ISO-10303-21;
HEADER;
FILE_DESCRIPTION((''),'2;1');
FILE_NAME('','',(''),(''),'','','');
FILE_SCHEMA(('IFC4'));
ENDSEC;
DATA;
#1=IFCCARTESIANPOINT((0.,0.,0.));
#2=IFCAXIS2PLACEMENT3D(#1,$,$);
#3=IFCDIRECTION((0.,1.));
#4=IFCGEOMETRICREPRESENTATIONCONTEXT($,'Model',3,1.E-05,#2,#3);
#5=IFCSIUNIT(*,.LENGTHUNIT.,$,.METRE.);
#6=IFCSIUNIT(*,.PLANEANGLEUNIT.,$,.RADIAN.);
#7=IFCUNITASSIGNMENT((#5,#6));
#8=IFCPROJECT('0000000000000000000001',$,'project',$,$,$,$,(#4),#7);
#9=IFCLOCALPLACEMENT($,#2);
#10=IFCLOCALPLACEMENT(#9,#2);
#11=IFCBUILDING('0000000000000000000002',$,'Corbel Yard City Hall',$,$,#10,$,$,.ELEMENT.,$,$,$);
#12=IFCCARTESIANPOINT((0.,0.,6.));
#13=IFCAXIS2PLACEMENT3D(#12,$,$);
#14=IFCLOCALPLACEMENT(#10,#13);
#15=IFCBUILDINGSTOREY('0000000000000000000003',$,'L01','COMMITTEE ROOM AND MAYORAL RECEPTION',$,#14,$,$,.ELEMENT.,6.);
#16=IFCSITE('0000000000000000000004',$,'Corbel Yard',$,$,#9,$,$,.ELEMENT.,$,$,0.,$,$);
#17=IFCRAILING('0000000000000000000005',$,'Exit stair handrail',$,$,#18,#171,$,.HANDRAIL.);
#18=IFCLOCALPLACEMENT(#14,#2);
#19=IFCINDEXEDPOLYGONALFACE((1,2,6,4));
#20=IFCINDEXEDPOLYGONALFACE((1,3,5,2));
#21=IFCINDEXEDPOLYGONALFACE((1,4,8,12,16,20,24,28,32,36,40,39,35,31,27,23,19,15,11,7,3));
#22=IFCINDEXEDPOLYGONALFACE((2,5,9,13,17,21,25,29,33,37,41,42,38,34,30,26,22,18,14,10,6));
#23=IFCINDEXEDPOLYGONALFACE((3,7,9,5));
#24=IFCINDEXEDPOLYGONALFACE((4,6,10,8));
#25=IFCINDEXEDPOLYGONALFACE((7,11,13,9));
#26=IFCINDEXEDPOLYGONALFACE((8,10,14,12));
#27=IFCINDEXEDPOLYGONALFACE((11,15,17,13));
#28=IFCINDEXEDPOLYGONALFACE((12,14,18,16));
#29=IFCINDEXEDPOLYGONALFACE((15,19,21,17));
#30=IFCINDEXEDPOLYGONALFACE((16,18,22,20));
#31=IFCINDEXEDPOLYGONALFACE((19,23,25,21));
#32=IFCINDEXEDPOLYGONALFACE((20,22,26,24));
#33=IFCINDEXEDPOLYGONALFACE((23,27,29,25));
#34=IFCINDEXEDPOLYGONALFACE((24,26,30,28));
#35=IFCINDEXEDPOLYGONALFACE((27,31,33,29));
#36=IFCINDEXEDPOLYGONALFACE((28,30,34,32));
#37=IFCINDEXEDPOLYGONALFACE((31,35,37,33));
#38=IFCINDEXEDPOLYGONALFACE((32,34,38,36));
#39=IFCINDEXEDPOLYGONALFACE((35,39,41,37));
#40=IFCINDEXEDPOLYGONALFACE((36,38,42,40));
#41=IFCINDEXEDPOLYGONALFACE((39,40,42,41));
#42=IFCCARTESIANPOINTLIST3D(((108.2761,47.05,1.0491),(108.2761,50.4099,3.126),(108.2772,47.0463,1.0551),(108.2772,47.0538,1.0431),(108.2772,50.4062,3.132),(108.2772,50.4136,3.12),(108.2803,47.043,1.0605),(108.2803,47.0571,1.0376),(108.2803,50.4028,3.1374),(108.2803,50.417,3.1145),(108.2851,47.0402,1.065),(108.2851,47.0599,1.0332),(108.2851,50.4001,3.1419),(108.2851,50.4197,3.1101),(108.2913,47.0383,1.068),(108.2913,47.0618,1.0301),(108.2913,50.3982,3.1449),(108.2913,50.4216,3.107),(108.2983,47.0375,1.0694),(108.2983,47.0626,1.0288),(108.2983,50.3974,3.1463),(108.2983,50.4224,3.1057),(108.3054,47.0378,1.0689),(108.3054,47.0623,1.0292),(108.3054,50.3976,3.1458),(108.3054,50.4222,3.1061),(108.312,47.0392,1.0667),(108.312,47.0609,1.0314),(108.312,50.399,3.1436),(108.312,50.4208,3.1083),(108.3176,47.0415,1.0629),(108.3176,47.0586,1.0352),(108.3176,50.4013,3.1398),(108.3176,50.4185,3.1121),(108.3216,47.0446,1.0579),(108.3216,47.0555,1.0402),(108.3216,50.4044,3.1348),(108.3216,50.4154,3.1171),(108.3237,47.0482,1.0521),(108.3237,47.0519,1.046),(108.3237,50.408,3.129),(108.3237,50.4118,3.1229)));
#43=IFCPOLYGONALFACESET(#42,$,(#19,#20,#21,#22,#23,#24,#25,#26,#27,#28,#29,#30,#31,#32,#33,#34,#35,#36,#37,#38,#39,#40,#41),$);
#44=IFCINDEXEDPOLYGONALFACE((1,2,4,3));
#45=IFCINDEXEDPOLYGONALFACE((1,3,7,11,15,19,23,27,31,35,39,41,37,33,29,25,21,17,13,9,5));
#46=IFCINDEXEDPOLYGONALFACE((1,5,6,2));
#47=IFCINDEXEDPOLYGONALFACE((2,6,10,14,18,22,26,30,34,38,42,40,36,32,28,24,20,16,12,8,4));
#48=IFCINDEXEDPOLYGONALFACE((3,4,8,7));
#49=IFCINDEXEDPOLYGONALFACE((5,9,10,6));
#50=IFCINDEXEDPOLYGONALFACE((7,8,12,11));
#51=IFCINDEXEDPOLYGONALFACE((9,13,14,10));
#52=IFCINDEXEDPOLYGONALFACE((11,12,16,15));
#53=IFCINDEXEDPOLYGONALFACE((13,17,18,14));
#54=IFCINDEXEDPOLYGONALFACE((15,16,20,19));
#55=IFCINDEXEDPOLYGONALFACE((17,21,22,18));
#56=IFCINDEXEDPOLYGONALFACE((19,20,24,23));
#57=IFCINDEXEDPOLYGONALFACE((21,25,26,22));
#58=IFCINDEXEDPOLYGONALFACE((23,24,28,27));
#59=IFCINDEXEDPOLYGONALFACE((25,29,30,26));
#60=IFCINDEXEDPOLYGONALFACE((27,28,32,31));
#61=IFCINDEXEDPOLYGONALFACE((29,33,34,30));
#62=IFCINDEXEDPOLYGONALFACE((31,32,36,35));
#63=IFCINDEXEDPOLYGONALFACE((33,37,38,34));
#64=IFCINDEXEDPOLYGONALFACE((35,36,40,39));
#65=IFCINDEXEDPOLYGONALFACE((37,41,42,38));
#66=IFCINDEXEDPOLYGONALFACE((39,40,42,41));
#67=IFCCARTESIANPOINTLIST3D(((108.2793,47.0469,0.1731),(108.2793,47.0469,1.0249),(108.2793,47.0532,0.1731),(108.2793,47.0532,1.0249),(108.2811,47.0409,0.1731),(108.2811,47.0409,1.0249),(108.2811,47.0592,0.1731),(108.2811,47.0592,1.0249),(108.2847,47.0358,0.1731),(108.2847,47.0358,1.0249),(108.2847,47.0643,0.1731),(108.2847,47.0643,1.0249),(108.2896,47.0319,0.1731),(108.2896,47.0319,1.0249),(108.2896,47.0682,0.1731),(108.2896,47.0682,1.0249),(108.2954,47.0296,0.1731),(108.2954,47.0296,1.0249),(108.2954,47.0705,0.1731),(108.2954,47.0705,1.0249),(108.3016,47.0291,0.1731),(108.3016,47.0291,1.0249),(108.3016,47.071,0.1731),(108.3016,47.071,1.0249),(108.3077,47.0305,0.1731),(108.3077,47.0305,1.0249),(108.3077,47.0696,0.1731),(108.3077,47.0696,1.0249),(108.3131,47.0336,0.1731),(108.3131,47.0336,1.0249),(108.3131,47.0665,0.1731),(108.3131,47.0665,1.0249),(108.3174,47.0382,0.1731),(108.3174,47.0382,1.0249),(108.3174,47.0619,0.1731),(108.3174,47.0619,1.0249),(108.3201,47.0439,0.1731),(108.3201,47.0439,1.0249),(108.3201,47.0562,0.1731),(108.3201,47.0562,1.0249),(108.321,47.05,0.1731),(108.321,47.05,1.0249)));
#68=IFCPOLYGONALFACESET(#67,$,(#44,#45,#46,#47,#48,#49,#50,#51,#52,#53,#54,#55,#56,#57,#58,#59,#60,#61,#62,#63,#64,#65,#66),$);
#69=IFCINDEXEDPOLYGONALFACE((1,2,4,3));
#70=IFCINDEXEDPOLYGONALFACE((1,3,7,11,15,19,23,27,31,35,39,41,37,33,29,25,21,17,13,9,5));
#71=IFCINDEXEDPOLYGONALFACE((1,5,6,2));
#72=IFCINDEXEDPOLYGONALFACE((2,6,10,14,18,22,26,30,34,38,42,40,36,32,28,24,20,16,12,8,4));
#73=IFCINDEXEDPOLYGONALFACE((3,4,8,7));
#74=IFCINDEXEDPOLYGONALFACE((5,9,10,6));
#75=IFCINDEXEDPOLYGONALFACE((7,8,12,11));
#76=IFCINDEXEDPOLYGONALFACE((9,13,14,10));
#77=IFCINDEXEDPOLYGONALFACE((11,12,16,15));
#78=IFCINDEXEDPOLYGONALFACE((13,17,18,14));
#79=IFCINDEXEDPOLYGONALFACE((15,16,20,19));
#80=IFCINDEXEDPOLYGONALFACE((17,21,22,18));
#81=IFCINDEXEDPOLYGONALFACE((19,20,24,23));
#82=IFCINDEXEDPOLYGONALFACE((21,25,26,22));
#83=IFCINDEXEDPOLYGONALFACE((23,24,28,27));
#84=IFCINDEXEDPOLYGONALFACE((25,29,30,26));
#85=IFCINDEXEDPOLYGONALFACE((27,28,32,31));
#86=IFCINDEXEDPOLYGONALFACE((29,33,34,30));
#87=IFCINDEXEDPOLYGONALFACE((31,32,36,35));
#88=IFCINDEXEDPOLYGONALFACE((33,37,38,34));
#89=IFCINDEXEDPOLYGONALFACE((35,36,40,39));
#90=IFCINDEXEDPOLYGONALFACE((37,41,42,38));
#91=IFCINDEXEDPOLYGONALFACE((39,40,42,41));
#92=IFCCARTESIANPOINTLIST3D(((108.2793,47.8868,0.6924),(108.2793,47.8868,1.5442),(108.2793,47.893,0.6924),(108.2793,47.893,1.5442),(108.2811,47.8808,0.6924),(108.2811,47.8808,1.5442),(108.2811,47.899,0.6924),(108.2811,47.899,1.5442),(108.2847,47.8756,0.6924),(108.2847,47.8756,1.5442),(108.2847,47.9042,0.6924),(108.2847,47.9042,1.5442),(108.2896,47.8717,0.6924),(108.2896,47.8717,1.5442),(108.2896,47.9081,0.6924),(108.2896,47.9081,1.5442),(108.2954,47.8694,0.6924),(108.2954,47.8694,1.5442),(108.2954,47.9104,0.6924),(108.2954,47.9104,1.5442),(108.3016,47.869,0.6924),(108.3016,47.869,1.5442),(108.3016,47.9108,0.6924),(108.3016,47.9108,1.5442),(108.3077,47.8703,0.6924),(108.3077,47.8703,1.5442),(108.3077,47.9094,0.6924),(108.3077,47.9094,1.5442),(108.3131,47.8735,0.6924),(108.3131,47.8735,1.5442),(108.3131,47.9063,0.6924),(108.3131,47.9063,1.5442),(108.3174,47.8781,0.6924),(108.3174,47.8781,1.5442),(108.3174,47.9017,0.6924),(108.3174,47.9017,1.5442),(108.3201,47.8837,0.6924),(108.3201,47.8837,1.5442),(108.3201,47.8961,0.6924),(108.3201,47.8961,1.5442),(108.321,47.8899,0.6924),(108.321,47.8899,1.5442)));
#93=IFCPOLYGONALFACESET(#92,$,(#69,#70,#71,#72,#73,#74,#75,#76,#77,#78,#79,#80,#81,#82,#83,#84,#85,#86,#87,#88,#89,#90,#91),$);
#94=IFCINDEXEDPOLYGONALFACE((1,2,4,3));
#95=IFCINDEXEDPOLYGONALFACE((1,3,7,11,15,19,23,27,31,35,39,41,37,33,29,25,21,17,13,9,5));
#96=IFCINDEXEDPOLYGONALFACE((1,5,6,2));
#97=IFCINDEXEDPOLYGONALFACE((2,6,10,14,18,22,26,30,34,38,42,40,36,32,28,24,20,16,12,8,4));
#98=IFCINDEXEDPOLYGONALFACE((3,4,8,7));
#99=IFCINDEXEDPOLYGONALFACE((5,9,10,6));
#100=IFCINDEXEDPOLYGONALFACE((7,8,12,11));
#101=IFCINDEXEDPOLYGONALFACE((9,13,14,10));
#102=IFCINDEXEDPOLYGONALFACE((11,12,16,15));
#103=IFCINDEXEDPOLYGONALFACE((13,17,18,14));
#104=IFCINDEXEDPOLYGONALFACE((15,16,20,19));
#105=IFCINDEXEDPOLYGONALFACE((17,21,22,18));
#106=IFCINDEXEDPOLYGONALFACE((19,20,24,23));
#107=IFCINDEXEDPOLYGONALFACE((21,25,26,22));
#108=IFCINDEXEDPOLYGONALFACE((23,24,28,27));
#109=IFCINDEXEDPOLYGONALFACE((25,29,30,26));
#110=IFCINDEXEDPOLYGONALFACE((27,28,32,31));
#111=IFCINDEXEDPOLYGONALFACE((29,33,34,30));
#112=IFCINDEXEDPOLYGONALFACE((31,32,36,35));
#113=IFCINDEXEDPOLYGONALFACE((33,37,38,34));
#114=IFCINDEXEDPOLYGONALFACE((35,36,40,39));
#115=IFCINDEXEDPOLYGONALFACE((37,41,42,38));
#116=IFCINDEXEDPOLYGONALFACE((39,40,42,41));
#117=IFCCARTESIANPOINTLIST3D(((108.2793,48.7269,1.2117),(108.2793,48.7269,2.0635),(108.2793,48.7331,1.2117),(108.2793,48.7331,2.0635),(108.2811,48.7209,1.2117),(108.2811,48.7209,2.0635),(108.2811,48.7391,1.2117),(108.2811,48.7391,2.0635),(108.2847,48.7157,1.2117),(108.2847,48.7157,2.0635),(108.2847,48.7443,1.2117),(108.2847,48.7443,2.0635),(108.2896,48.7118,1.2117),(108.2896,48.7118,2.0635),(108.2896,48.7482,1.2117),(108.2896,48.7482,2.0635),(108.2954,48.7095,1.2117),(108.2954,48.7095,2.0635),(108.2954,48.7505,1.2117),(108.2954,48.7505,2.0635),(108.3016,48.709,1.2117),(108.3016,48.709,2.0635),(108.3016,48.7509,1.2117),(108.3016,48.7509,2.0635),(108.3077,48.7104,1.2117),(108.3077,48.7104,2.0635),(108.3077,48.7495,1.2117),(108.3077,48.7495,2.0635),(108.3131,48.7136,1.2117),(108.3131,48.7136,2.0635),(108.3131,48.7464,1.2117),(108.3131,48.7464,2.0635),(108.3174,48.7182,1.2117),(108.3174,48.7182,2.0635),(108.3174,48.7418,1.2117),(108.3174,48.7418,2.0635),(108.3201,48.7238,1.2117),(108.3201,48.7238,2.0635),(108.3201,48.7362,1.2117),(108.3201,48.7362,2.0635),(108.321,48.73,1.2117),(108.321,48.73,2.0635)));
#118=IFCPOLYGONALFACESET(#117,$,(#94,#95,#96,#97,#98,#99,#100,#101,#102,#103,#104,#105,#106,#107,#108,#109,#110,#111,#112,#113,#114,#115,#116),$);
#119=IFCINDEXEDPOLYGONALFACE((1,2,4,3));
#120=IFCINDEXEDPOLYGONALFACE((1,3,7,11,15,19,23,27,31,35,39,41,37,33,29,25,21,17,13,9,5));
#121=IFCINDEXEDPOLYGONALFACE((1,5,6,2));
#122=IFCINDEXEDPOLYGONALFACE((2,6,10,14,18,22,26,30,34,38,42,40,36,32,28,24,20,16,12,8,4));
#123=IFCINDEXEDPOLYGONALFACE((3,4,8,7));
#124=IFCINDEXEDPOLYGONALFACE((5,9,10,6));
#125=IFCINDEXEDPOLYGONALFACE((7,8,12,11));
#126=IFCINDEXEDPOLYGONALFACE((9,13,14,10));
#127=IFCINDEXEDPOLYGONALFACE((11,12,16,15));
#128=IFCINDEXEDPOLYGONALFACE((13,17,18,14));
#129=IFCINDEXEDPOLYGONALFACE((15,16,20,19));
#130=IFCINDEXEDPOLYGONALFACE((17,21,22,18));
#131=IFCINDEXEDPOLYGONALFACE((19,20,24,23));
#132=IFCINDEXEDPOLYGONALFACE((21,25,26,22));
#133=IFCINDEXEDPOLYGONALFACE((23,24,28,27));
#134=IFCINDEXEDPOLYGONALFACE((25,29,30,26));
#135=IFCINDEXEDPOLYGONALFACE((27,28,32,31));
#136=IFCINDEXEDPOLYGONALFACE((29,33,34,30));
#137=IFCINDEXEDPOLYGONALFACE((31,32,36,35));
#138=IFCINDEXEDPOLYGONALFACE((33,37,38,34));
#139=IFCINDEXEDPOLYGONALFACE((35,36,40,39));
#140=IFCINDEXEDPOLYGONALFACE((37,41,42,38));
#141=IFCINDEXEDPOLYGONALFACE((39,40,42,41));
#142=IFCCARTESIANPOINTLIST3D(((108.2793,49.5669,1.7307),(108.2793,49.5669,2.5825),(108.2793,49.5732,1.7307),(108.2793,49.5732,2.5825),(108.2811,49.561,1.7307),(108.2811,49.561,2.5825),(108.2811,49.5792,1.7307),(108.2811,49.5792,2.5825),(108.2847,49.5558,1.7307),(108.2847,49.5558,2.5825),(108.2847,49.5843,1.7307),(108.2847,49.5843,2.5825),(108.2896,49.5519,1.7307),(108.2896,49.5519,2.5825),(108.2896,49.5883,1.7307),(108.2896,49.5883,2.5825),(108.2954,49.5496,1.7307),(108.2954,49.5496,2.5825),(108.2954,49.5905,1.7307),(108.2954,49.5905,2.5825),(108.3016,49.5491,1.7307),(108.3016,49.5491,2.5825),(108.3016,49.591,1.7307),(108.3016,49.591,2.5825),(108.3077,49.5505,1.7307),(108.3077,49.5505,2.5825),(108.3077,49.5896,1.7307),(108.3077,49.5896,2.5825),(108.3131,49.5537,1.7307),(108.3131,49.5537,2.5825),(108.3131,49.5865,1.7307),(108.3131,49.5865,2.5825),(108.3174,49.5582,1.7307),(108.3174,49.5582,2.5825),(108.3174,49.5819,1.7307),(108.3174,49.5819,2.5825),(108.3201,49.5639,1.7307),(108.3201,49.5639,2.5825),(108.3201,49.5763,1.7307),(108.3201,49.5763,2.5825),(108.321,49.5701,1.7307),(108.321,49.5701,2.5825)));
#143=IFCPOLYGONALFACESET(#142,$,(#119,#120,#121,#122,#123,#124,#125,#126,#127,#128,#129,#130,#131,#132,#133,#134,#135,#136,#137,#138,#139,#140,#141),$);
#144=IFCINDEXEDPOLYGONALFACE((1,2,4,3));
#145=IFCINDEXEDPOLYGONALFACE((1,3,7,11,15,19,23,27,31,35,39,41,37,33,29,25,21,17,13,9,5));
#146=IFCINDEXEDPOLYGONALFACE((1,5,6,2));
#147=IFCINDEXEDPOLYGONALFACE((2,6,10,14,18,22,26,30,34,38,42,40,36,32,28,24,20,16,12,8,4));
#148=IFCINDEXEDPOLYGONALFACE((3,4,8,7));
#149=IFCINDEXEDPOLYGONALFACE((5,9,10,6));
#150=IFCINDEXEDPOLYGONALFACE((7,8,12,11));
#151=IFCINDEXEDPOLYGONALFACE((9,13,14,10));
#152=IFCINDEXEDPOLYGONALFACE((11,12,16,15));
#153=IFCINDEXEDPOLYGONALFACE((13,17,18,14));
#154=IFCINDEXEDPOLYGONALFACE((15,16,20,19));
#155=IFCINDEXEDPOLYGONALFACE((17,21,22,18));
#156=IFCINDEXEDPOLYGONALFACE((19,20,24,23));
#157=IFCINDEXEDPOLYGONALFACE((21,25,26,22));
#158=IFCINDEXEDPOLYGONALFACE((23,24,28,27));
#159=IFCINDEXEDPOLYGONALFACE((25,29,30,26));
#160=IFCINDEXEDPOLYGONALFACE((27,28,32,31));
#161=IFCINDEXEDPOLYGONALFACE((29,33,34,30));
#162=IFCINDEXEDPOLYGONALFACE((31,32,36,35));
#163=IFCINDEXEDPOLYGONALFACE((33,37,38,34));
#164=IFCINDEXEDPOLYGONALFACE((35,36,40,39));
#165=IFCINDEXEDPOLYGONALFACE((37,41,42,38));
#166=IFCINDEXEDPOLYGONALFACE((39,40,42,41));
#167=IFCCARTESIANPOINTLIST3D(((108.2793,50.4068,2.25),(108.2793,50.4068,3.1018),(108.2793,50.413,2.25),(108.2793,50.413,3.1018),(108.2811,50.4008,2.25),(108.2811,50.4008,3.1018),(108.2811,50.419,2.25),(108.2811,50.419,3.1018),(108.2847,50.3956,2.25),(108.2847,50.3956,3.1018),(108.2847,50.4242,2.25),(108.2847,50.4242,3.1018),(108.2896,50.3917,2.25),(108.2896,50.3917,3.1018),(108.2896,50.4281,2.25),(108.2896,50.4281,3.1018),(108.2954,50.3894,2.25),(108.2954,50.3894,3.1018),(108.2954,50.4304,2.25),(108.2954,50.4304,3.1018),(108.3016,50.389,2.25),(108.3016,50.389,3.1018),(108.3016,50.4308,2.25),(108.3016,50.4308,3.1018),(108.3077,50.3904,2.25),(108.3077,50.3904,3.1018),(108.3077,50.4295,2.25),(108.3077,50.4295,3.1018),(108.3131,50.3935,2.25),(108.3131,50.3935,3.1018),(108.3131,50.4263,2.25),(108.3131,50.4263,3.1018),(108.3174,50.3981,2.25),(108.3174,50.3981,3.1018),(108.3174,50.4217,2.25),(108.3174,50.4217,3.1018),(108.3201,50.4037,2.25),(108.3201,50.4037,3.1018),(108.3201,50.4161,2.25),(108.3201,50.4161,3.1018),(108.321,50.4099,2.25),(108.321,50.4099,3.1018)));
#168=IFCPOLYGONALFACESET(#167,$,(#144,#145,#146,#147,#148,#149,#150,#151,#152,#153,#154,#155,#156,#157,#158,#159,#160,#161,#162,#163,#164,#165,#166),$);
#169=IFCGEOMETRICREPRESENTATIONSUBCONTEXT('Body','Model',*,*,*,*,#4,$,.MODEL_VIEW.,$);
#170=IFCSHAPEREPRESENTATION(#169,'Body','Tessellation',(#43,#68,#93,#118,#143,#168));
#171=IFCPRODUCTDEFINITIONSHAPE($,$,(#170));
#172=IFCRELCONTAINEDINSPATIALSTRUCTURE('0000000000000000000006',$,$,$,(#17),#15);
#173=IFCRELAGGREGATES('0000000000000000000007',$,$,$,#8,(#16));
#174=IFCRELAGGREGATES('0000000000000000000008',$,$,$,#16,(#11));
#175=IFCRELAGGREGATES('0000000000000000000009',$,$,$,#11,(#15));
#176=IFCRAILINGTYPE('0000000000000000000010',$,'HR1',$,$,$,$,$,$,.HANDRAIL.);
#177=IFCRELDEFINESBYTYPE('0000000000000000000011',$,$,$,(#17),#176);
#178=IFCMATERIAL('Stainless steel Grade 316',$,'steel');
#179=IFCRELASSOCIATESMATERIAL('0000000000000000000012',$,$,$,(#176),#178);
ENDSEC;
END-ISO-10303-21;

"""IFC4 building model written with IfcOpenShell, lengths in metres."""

from ifc_helpers import new_model, si_unit, direction, frame, origin, origin_2d, place, context, subcontext, project, spatial, circle, extrude, material, type_object, element, save


model = new_model("IFC4")

# Units and contexts
model_context = context("Model", 3, precision=1e-05, world=origin(), true_north=direction((0.0, 1.0)))
body_context = subcontext(model_context, "Body", "Model", "MODEL_VIEW")
ifc_project = project(units=[si_unit("LENGTHUNIT", "METRE"), si_unit("PLANEANGLEUNIT", "RADIAN")], contexts=[model_context])

# Site, building, storey
site_placement = place(None, origin())
site = spatial("IfcSite", under=ifc_project, at=site_placement, Name="Corbel Yard", CompositionType="ELEMENT", RefElevation=0.0)
building_placement = place(site_placement, origin())
building = spatial("IfcBuilding", under=site, at=building_placement, Name="Corbel Yard City Hall", CompositionType="ELEMENT")
storey_placement = place(building_placement, frame((0.0, 0.0, 6.0)))
storey = spatial("IfcBuildingStorey", under=building, at=storey_placement, Name="L01", Description="COMMITTEE ROOM AND MAYORAL RECEPTION", CompositionType="ELEMENT", Elevation=6.0)

# Shared definitions
ifc_material_1 = material(Name="Stainless steel Grade 316", Category="steel")

# Railing
railing_type_1 = type_object("IfcRailingType", Name="HR1", PredefinedType="HANDRAIL", material=ifc_material_1)
for number, where, name in (
    (1, (108.3, 47.05, 0.1731), "Exit stair handrail"),
):
    element("IfcRailing", number, at=place(storey_placement, frame(where)), inside=storey, type_object=railing_type_1, Name=name, PredefinedType="HANDRAIL", context=body_context, shape_type="SweptSolid", body=[
        extrude(circle(Radius=0.0239, at=origin_2d()), frame((0.0, 0.0, 0.876), z_axis=(0.0, 0.850606, 0.525803), x_axis=(-1.0, 0.0, 0.0)), (0.0, 0.0, 1.0), 3.95),
        extrude(circle(Radius=0.021, at=origin_2d()), origin(), (0.0, 0.0, 1.0), 0.8518),
        extrude(circle(Radius=0.021, at=origin_2d()), frame((0.0, 0.8398, 0.5193)), (0.0, 0.0, 1.0), 0.8518),
        extrude(circle(Radius=0.021, at=origin_2d()), frame((0.0, 1.6799, 1.0386)), (0.0, 0.0, 1.0), 0.8518),
        extrude(circle(Radius=0.021, at=origin_2d()), frame((0.0, 2.52, 1.5576)), (0.0, 0.0, 1.0), 0.8518),
        extrude(circle(Radius=0.021, at=origin_2d()), frame((0.0, 3.3599, 2.0769)), (0.0, 0.0, 1.0), 0.8518),
    ])

save(model, "model.ifc")
